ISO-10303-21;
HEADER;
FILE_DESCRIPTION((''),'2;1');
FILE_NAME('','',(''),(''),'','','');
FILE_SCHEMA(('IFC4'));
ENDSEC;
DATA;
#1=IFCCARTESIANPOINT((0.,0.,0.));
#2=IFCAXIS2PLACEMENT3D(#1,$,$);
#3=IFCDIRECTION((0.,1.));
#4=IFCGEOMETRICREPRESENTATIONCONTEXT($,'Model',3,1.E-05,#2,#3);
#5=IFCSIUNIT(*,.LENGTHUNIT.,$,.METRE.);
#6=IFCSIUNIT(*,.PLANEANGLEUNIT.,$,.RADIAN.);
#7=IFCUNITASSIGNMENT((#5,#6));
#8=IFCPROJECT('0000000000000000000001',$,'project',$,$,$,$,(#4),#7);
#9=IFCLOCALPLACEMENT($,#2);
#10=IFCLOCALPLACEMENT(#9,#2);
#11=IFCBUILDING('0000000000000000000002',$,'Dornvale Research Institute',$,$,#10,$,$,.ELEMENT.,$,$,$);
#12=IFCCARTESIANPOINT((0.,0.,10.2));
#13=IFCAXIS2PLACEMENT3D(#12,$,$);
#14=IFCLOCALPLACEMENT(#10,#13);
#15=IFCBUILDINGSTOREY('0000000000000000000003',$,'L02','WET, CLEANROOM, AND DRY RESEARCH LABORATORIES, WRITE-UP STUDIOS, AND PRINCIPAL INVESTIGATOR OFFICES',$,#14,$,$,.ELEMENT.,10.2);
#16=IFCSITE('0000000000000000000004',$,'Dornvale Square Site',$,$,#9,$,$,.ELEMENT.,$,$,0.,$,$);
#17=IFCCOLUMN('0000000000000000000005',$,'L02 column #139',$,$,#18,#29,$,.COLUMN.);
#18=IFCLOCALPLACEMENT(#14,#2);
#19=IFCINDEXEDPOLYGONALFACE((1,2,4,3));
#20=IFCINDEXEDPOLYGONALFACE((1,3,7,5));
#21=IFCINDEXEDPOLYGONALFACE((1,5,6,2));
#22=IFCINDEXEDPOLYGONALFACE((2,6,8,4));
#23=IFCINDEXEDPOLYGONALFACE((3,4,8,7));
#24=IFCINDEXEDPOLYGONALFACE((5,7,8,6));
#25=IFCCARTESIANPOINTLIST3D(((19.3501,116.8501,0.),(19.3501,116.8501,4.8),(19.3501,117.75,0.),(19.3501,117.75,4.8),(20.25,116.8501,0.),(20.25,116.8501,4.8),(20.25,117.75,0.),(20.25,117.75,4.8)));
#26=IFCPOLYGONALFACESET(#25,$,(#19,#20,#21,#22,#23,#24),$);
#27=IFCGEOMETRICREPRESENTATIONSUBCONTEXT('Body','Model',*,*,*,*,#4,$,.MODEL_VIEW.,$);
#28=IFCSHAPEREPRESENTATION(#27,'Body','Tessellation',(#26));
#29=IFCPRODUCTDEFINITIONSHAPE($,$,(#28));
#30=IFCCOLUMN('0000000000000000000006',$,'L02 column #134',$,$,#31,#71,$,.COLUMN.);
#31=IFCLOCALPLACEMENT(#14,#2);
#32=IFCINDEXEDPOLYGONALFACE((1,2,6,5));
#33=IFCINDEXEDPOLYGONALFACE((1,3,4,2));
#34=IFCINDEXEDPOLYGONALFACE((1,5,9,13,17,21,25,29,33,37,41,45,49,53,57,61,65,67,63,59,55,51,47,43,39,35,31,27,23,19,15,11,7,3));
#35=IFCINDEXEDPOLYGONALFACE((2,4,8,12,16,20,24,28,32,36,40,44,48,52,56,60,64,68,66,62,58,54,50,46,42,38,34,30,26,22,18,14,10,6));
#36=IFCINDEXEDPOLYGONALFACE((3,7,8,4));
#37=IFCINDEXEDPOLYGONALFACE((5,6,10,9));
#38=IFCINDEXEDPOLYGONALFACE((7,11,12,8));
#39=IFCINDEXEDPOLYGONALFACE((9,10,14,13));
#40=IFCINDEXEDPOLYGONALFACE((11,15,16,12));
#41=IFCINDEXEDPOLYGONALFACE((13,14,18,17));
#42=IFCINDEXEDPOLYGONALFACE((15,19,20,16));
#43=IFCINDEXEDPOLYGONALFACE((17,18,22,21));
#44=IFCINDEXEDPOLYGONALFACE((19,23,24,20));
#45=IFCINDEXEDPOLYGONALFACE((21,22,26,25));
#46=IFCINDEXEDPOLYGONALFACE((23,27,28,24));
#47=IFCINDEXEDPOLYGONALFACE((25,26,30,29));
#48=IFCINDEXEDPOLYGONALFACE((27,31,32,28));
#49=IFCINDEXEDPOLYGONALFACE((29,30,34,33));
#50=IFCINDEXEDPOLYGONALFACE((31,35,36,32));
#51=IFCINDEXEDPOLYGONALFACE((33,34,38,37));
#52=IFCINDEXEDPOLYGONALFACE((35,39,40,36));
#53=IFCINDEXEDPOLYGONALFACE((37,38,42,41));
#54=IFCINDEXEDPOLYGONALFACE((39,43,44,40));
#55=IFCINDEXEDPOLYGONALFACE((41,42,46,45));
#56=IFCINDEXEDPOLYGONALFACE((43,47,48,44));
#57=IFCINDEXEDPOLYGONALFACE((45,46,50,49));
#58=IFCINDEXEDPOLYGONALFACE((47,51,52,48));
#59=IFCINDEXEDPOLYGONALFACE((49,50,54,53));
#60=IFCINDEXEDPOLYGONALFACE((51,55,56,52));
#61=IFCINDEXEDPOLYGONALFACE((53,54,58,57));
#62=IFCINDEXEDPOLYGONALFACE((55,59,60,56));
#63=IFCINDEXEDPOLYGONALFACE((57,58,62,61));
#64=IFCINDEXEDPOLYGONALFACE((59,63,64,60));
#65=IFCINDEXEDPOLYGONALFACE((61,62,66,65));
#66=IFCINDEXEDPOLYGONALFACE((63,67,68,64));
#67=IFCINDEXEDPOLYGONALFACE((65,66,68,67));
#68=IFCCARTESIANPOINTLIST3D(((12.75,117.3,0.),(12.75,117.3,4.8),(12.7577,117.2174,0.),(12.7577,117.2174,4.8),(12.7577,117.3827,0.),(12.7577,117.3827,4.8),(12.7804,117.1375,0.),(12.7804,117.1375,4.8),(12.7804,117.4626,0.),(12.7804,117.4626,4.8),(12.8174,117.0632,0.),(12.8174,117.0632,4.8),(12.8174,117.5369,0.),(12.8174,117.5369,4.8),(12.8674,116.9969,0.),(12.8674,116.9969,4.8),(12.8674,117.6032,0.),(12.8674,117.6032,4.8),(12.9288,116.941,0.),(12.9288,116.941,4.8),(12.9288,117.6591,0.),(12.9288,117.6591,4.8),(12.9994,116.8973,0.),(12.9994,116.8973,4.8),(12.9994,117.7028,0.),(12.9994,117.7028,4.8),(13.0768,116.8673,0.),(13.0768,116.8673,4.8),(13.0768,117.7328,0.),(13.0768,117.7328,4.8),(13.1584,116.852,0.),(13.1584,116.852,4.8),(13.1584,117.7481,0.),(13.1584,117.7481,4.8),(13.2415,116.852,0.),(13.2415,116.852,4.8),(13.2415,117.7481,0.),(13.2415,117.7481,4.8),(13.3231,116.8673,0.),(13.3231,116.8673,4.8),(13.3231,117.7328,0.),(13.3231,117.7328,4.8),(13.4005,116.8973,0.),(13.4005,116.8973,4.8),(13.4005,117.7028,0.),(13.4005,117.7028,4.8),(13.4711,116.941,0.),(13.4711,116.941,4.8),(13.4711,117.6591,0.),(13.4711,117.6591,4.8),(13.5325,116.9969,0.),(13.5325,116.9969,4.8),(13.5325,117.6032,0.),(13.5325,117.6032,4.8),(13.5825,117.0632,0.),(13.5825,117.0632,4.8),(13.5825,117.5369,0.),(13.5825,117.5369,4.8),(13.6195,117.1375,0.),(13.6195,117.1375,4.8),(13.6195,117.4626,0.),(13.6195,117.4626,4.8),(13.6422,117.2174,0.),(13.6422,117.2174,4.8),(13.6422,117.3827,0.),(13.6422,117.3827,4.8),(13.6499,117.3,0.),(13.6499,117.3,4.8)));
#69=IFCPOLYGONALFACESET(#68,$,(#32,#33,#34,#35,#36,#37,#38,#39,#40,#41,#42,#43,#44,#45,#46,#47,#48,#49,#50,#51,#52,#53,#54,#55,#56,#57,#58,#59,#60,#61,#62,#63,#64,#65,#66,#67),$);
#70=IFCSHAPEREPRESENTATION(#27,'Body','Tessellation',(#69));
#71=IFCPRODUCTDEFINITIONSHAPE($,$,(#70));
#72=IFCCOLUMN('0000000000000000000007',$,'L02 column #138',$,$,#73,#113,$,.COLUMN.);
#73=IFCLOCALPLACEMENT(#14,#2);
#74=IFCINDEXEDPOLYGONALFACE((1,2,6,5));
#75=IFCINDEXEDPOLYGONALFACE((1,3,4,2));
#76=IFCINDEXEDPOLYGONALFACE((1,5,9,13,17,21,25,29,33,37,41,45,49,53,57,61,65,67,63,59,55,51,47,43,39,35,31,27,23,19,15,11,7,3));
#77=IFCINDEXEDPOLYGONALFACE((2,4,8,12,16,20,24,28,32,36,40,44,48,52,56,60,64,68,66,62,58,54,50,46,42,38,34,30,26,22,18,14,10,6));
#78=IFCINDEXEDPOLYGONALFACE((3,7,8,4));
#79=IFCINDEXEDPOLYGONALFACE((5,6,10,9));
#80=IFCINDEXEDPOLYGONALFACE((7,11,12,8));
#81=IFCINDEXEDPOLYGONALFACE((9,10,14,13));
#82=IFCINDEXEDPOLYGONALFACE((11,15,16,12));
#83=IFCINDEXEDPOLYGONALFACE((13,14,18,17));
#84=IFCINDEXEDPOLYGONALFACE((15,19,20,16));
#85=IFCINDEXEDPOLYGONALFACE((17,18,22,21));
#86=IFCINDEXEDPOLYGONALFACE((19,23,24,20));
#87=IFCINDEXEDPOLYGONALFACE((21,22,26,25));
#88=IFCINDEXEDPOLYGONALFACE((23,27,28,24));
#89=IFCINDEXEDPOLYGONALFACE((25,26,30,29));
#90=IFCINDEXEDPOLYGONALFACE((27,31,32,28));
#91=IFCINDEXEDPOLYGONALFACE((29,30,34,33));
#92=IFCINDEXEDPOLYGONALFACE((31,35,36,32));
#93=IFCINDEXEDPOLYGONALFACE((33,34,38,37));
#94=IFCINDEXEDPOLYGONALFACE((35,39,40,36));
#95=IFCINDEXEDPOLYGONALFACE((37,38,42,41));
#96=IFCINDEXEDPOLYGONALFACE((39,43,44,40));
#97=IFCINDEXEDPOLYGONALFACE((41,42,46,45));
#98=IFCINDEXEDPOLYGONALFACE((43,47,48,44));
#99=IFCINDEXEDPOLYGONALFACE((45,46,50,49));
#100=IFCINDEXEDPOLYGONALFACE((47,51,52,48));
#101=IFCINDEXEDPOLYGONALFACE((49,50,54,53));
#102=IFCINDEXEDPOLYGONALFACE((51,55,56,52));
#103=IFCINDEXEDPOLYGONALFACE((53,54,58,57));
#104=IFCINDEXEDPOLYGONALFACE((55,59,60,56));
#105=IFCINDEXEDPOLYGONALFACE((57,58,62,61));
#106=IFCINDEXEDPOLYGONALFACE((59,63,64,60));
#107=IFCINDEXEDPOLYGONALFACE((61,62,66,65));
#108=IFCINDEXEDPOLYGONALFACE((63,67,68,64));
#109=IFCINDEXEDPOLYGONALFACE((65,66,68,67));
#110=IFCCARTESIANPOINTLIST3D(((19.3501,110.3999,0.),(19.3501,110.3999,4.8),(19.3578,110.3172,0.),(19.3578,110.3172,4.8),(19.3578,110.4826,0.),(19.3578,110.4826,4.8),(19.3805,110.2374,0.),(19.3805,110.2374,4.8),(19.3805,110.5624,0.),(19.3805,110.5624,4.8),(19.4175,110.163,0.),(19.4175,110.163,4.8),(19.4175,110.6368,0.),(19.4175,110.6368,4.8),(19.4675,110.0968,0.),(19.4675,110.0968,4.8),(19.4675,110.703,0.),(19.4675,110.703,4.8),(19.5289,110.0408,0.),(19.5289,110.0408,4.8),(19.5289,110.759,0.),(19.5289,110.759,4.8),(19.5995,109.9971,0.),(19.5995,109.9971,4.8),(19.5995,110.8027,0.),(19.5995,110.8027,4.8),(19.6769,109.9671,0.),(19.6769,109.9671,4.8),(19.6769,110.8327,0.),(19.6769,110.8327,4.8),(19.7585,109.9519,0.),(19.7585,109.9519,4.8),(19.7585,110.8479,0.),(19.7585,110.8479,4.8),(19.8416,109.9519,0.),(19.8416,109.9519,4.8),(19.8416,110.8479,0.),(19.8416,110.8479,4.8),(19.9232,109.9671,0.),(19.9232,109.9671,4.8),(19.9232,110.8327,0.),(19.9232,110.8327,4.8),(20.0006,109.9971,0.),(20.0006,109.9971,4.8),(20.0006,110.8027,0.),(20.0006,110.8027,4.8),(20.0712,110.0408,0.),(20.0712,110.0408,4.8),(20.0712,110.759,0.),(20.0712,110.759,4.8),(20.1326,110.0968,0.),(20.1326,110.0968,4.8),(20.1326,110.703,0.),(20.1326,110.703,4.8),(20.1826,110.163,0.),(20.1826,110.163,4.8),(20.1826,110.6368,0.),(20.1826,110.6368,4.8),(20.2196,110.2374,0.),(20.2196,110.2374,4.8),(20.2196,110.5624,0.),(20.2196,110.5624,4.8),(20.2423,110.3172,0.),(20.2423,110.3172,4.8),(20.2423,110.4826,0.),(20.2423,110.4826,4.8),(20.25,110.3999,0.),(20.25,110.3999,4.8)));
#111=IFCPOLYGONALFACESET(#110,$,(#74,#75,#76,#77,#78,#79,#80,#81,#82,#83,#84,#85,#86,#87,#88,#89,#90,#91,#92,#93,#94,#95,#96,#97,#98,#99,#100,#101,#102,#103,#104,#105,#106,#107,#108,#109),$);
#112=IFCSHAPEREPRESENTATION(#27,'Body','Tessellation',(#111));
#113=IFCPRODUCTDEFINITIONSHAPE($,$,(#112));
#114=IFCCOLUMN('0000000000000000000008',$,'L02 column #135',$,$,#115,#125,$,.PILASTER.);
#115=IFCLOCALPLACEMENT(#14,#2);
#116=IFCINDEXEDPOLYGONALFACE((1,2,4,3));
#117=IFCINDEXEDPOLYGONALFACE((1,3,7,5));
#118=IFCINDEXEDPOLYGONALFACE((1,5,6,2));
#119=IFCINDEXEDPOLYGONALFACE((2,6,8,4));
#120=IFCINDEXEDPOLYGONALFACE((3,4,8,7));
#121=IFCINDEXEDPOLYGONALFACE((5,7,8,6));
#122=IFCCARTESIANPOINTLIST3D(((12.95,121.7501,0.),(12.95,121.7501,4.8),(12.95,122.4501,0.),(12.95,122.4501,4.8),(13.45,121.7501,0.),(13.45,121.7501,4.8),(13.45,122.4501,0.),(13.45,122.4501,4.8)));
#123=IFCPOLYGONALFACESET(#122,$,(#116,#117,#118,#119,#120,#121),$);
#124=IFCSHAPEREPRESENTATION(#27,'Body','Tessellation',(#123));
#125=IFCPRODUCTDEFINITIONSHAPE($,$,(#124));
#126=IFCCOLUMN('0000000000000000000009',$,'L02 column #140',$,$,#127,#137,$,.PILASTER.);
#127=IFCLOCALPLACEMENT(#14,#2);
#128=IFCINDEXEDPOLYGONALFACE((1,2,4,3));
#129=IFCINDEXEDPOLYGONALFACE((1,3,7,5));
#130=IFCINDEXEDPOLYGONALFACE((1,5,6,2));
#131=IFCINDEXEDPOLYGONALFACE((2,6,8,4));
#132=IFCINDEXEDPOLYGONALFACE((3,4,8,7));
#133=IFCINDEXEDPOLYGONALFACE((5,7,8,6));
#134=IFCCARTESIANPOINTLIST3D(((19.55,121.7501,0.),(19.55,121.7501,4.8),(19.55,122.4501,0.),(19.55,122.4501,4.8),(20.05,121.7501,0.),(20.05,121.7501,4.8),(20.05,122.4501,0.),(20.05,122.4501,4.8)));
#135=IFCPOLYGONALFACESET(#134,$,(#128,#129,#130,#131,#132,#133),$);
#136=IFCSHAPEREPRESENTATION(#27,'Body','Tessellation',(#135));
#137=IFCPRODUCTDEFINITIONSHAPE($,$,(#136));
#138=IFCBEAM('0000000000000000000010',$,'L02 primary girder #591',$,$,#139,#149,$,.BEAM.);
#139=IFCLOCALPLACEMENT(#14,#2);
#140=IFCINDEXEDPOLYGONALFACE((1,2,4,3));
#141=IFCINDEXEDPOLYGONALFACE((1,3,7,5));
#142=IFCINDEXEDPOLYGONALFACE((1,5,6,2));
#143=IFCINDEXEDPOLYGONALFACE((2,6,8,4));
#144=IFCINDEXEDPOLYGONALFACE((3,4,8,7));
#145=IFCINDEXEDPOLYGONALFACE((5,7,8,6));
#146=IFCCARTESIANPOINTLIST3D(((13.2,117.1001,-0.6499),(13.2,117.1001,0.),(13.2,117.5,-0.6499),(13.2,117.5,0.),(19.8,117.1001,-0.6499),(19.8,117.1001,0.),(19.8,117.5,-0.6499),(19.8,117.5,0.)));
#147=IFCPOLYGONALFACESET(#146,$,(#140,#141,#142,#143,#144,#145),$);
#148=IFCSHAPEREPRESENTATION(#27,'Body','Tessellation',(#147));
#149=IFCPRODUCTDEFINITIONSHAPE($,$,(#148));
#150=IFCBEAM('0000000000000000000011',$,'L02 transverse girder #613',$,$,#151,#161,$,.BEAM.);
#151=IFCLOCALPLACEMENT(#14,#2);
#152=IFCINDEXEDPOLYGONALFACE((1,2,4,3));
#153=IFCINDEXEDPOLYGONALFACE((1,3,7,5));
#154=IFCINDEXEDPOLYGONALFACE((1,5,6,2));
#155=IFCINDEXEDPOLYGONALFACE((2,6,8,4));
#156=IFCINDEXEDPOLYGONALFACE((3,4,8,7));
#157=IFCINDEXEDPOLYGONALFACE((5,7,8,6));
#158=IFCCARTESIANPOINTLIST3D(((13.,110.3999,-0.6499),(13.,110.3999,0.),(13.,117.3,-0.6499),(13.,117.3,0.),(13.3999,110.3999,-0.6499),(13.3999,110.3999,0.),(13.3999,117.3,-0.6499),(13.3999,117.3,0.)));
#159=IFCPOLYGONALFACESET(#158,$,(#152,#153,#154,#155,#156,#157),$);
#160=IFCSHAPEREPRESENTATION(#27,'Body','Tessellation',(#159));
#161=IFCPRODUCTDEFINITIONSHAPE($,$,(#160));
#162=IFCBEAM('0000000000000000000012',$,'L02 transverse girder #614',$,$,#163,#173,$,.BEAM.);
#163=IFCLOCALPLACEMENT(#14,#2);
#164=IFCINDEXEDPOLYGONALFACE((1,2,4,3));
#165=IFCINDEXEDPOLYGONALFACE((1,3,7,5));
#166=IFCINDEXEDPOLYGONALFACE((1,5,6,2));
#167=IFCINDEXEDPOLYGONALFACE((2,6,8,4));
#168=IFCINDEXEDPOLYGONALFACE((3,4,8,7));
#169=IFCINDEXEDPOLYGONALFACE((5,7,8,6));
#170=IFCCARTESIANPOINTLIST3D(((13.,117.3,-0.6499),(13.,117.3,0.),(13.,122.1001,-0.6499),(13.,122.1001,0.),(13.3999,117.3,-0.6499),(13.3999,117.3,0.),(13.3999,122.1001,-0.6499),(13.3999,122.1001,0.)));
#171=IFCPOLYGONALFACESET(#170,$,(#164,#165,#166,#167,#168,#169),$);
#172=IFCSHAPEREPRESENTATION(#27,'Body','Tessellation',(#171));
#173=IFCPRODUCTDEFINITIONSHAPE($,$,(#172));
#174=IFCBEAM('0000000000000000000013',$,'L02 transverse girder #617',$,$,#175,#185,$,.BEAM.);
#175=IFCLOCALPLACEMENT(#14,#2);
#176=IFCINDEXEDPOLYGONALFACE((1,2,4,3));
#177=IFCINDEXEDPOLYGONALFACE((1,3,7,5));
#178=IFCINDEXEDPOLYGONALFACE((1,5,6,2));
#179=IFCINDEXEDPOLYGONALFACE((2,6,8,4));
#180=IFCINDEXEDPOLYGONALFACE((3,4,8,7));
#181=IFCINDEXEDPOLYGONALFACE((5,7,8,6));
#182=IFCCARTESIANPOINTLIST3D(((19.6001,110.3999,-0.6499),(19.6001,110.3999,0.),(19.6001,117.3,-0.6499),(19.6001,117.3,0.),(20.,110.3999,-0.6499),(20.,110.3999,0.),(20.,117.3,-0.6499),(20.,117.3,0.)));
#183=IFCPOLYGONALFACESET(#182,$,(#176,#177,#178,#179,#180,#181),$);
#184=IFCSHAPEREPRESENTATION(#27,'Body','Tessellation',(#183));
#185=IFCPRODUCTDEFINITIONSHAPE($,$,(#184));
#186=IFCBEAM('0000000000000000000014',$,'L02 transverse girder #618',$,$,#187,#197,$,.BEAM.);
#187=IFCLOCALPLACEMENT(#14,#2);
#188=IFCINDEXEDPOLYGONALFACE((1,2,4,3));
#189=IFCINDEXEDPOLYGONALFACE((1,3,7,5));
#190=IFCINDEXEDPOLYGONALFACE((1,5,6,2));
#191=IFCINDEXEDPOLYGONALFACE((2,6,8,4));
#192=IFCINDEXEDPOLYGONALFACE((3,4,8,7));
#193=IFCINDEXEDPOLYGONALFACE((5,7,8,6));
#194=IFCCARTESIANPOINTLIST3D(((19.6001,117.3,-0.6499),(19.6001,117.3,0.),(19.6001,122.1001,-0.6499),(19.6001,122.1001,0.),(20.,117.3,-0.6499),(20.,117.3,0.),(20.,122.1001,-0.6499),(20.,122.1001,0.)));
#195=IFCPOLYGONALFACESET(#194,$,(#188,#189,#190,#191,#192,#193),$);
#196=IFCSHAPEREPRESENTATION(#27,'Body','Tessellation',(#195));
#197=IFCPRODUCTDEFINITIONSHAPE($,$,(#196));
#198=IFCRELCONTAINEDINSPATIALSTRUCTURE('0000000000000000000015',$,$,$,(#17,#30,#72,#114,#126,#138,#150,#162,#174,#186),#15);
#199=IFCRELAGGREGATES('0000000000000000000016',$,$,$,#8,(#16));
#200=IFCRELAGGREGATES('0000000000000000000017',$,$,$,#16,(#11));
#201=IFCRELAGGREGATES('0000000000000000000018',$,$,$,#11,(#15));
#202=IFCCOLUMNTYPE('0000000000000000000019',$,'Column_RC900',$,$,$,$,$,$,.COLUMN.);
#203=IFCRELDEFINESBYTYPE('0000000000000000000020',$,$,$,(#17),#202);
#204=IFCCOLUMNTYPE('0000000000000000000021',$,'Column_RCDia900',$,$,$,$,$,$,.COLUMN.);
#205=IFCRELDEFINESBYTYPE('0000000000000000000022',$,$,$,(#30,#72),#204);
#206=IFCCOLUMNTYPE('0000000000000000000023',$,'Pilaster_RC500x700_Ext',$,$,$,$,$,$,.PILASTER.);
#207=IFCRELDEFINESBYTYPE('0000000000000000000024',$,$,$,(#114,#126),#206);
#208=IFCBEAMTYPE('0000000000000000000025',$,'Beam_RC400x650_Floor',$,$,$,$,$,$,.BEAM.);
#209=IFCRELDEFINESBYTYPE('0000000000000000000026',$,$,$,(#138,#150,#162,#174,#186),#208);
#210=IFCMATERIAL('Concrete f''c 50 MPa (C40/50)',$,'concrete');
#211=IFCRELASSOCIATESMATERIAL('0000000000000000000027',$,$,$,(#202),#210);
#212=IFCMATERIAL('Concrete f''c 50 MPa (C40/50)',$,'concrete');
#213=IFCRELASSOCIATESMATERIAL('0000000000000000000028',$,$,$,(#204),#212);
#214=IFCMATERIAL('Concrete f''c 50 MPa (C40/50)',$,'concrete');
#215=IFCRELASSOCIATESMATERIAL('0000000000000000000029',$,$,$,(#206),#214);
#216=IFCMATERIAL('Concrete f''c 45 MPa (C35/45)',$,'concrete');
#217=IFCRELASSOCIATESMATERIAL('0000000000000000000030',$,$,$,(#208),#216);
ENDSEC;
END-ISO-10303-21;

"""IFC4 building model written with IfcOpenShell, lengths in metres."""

from ifc_helpers import new_model, si_unit, direction, frame, origin, origin_2d, place, context, subcontext, project, spatial, rectangle, circle, extrude, material, material_profile, profile_set, type_object, element, save


model = new_model("IFC4")

# Units and contexts
model_context = context("Model", 3, precision=1e-05, world=origin(), true_north=direction((0.0, 1.0)))
body_context = subcontext(model_context, "Body", "Model", "MODEL_VIEW")
ifc_project = project(units=[si_unit("LENGTHUNIT", "METRE"), si_unit("PLANEANGLEUNIT", "RADIAN")], contexts=[model_context])

# Site, building, storey
site_placement = place(None, origin())
site = spatial("IfcSite", under=ifc_project, at=site_placement, Name="Dornvale Square Site", CompositionType="ELEMENT", RefElevation=0.0)
building_placement = place(site_placement, origin())
building = spatial("IfcBuilding", under=site, at=building_placement, Name="Dornvale Research Institute", CompositionType="ELEMENT")
storey_placement = place(building_placement, frame((0.0, 0.0, 10.2)))
storey = spatial("IfcBuildingStorey", under=building, at=storey_placement, Name="L02", Description="WET, CLEANROOM, AND DRY RESEARCH LABORATORIES, WRITE-UP STUDIOS, AND PRINCIPAL INVESTIGATOR OFFICES", CompositionType="ELEMENT", Elevation=10.2)

# Columns
ifc_material_1 = material(Name="Concrete f'c 50 MPa (C40/50)", Category="concrete")
ifc_material_profile_1 = material_profile(ifc_material_1, rectangle(XDim=0.8999, YDim=0.8999, at=origin_2d()), Name="RC 900x900")
ifc_profile_set_1 = profile_set([ifc_material_profile_1], Name="Concrete f'c 50 MPa (C40/50)")
column_type_1 = type_object("IfcColumnType", Name="Column_RC900", PredefinedType="COLUMN", material=ifc_profile_set_1)
column_placement = place(storey_placement, frame((19.8, 117.3, 0.0), z_axis=(0.0, 0.0, 1.0), x_axis=(1.0, 0.0, 0.0)))
element("IfcColumn", 1, at=column_placement, inside=storey, type_object=column_type_1, Name="L02 column #139", PredefinedType="COLUMN", context=body_context, shape_type="SweptSolid", body=[
    extrude(rectangle(XDim=0.8999, YDim=0.8999, at=origin_2d()), origin(), (0.0, 0.0, 1.0), 4.8),
])
ifc_material_2 = material(Name="Concrete f'c 50 MPa (C40/50)", Category="concrete")
ifc_material_profile_2 = material_profile(ifc_material_2, circle(Radius=0.45, at=origin_2d()), Name="RC DIA 900")
ifc_profile_set_2 = profile_set([ifc_material_profile_2], Name="Concrete f'c 50 MPa (C40/50)")
column_type_2 = type_object("IfcColumnType", Name="Column_RCDia900", PredefinedType="COLUMN", material=ifc_profile_set_2)
for number, where, z_axis, x_axis, name in (
    (2, (13.2, 117.3, 0.0), (0.0, 0.0, 1.0), (1.0, 0.0, 0.0), "L02 column #134"),
    (3, (19.8, 110.3999, 0.0), (0.0, 0.0, 1.0), (1.0, 0.0, 0.0), "L02 column #138"),
):
    element("IfcColumn", number, at=place(storey_placement, frame(where, z_axis=z_axis, x_axis=x_axis)), inside=storey, type_object=column_type_2, Name=name, PredefinedType="COLUMN", context=body_context, shape_type="SweptSolid", body=[
        extrude(circle(Radius=0.45, at=origin_2d()), origin(), (0.0, 0.0, 1.0), 4.8),
    ])
ifc_material_3 = material(Name="Concrete f'c 50 MPa (C40/50)", Category="concrete")
ifc_material_profile_3 = material_profile(ifc_material_3, rectangle(XDim=0.5, YDim=0.7, at=origin_2d()), Name="RC 500x700")
ifc_profile_set_3 = profile_set([ifc_material_profile_3], Name="Concrete f'c 50 MPa (C40/50)")
column_type_3 = type_object("IfcColumnType", Name="Pilaster_RC500x700_Ext", PredefinedType="PILASTER", material=ifc_profile_set_3)
for number, where, z_axis, x_axis, name in (
    (4, (13.2, 122.1001, 0.0), (0.0, 0.0, 1.0), (1.0, 0.0, 0.0), "L02 column #135"),
    (5, (19.8, 122.1001, 0.0), (0.0, 0.0, 1.0), (1.0, 0.0, 0.0), "L02 column #140"),
):
    element("IfcColumn", number, at=place(storey_placement, frame(where, z_axis=z_axis, x_axis=x_axis)), inside=storey, type_object=column_type_3, Name=name, PredefinedType="PILASTER", context=body_context, shape_type="SweptSolid", body=[
        extrude(rectangle(XDim=0.5, YDim=0.7, at=origin_2d()), origin(), (0.0, 0.0, 1.0), 4.8),
    ])

# Beams
ifc_material_4 = material(Name="Concrete f'c 45 MPa (C35/45)", Category="concrete")
ifc_material_profile_4 = material_profile(ifc_material_4, rectangle(XDim=0.3999, YDim=0.6499, at=origin_2d()), Name="RC 400x650")
ifc_profile_set_4 = profile_set([ifc_material_profile_4], Name="Concrete f'c 45 MPa (C35/45)")
beam_type_1 = type_object("IfcBeamType", Name="Beam_RC400x650_Floor", PredefinedType="BEAM", material=ifc_profile_set_4)
beam_1_placement = place(storey_placement, frame((13.2, 117.3, -0.325), z_axis=(1.0, 0.0, 0.0), x_axis=(0.0, 1.0, 0.0)))
element("IfcBeam", 6, at=beam_1_placement, inside=storey, type_object=beam_type_1, Name="L02 primary girder #591", PredefinedType="BEAM", context=body_context, shape_type="SweptSolid", body=[
    extrude(rectangle(XDim=0.3999, YDim=0.6499, at=origin_2d()), origin(), (0.0, 0.0, 1.0), 6.6001),
])
beam_2_placement = place(storey_placement, frame((13.2, 110.3999, -0.325), z_axis=(0.0, 1.0, 0.0), x_axis=(-1.0, 0.0, 0.0)))
element("IfcBeam", 7, at=beam_2_placement, inside=storey, type_object=beam_type_1, Name="L02 transverse girder #613", PredefinedType="BEAM", context=body_context, shape_type="SweptSolid", body=[
    extrude(rectangle(XDim=0.3999, YDim=0.6499, at=origin_2d()), origin(), (0.0, 0.0, 1.0), 6.9001),
])
beam_3_placement = place(storey_placement, frame((13.2, 117.3, -0.325), z_axis=(0.0, 1.0, 0.0), x_axis=(-1.0, 0.0, 0.0)))
element("IfcBeam", 8, at=beam_3_placement, inside=storey, type_object=beam_type_1, Name="L02 transverse girder #614", PredefinedType="BEAM", context=body_context, shape_type="SweptSolid", body=[
    extrude(rectangle(XDim=0.3999, YDim=0.6499, at=origin_2d()), origin(), (0.0, 0.0, 1.0), 4.8),
])
beam_4_placement = place(storey_placement, frame((19.8, 110.3999, -0.325), z_axis=(0.0, 1.0, 0.0), x_axis=(-1.0, 0.0, 0.0)))
element("IfcBeam", 9, at=beam_4_placement, inside=storey, type_object=beam_type_1, Name="L02 transverse girder #617", PredefinedType="BEAM", context=body_context, shape_type="SweptSolid", body=[
    extrude(rectangle(XDim=0.3999, YDim=0.6499, at=origin_2d()), origin(), (0.0, 0.0, 1.0), 6.9001),
])
beam_5_placement = place(storey_placement, frame((19.8, 117.3, -0.325), z_axis=(0.0, 1.0, 0.0), x_axis=(-1.0, 0.0, 0.0)))
element("IfcBeam", 10, at=beam_5_placement, inside=storey, type_object=beam_type_1, Name="L02 transverse girder #618", PredefinedType="BEAM", context=body_context, shape_type="SweptSolid", body=[
    extrude(rectangle(XDim=0.3999, YDim=0.6499, at=origin_2d()), origin(), (0.0, 0.0, 1.0), 4.8),
])

save(model, "model.ifc")
